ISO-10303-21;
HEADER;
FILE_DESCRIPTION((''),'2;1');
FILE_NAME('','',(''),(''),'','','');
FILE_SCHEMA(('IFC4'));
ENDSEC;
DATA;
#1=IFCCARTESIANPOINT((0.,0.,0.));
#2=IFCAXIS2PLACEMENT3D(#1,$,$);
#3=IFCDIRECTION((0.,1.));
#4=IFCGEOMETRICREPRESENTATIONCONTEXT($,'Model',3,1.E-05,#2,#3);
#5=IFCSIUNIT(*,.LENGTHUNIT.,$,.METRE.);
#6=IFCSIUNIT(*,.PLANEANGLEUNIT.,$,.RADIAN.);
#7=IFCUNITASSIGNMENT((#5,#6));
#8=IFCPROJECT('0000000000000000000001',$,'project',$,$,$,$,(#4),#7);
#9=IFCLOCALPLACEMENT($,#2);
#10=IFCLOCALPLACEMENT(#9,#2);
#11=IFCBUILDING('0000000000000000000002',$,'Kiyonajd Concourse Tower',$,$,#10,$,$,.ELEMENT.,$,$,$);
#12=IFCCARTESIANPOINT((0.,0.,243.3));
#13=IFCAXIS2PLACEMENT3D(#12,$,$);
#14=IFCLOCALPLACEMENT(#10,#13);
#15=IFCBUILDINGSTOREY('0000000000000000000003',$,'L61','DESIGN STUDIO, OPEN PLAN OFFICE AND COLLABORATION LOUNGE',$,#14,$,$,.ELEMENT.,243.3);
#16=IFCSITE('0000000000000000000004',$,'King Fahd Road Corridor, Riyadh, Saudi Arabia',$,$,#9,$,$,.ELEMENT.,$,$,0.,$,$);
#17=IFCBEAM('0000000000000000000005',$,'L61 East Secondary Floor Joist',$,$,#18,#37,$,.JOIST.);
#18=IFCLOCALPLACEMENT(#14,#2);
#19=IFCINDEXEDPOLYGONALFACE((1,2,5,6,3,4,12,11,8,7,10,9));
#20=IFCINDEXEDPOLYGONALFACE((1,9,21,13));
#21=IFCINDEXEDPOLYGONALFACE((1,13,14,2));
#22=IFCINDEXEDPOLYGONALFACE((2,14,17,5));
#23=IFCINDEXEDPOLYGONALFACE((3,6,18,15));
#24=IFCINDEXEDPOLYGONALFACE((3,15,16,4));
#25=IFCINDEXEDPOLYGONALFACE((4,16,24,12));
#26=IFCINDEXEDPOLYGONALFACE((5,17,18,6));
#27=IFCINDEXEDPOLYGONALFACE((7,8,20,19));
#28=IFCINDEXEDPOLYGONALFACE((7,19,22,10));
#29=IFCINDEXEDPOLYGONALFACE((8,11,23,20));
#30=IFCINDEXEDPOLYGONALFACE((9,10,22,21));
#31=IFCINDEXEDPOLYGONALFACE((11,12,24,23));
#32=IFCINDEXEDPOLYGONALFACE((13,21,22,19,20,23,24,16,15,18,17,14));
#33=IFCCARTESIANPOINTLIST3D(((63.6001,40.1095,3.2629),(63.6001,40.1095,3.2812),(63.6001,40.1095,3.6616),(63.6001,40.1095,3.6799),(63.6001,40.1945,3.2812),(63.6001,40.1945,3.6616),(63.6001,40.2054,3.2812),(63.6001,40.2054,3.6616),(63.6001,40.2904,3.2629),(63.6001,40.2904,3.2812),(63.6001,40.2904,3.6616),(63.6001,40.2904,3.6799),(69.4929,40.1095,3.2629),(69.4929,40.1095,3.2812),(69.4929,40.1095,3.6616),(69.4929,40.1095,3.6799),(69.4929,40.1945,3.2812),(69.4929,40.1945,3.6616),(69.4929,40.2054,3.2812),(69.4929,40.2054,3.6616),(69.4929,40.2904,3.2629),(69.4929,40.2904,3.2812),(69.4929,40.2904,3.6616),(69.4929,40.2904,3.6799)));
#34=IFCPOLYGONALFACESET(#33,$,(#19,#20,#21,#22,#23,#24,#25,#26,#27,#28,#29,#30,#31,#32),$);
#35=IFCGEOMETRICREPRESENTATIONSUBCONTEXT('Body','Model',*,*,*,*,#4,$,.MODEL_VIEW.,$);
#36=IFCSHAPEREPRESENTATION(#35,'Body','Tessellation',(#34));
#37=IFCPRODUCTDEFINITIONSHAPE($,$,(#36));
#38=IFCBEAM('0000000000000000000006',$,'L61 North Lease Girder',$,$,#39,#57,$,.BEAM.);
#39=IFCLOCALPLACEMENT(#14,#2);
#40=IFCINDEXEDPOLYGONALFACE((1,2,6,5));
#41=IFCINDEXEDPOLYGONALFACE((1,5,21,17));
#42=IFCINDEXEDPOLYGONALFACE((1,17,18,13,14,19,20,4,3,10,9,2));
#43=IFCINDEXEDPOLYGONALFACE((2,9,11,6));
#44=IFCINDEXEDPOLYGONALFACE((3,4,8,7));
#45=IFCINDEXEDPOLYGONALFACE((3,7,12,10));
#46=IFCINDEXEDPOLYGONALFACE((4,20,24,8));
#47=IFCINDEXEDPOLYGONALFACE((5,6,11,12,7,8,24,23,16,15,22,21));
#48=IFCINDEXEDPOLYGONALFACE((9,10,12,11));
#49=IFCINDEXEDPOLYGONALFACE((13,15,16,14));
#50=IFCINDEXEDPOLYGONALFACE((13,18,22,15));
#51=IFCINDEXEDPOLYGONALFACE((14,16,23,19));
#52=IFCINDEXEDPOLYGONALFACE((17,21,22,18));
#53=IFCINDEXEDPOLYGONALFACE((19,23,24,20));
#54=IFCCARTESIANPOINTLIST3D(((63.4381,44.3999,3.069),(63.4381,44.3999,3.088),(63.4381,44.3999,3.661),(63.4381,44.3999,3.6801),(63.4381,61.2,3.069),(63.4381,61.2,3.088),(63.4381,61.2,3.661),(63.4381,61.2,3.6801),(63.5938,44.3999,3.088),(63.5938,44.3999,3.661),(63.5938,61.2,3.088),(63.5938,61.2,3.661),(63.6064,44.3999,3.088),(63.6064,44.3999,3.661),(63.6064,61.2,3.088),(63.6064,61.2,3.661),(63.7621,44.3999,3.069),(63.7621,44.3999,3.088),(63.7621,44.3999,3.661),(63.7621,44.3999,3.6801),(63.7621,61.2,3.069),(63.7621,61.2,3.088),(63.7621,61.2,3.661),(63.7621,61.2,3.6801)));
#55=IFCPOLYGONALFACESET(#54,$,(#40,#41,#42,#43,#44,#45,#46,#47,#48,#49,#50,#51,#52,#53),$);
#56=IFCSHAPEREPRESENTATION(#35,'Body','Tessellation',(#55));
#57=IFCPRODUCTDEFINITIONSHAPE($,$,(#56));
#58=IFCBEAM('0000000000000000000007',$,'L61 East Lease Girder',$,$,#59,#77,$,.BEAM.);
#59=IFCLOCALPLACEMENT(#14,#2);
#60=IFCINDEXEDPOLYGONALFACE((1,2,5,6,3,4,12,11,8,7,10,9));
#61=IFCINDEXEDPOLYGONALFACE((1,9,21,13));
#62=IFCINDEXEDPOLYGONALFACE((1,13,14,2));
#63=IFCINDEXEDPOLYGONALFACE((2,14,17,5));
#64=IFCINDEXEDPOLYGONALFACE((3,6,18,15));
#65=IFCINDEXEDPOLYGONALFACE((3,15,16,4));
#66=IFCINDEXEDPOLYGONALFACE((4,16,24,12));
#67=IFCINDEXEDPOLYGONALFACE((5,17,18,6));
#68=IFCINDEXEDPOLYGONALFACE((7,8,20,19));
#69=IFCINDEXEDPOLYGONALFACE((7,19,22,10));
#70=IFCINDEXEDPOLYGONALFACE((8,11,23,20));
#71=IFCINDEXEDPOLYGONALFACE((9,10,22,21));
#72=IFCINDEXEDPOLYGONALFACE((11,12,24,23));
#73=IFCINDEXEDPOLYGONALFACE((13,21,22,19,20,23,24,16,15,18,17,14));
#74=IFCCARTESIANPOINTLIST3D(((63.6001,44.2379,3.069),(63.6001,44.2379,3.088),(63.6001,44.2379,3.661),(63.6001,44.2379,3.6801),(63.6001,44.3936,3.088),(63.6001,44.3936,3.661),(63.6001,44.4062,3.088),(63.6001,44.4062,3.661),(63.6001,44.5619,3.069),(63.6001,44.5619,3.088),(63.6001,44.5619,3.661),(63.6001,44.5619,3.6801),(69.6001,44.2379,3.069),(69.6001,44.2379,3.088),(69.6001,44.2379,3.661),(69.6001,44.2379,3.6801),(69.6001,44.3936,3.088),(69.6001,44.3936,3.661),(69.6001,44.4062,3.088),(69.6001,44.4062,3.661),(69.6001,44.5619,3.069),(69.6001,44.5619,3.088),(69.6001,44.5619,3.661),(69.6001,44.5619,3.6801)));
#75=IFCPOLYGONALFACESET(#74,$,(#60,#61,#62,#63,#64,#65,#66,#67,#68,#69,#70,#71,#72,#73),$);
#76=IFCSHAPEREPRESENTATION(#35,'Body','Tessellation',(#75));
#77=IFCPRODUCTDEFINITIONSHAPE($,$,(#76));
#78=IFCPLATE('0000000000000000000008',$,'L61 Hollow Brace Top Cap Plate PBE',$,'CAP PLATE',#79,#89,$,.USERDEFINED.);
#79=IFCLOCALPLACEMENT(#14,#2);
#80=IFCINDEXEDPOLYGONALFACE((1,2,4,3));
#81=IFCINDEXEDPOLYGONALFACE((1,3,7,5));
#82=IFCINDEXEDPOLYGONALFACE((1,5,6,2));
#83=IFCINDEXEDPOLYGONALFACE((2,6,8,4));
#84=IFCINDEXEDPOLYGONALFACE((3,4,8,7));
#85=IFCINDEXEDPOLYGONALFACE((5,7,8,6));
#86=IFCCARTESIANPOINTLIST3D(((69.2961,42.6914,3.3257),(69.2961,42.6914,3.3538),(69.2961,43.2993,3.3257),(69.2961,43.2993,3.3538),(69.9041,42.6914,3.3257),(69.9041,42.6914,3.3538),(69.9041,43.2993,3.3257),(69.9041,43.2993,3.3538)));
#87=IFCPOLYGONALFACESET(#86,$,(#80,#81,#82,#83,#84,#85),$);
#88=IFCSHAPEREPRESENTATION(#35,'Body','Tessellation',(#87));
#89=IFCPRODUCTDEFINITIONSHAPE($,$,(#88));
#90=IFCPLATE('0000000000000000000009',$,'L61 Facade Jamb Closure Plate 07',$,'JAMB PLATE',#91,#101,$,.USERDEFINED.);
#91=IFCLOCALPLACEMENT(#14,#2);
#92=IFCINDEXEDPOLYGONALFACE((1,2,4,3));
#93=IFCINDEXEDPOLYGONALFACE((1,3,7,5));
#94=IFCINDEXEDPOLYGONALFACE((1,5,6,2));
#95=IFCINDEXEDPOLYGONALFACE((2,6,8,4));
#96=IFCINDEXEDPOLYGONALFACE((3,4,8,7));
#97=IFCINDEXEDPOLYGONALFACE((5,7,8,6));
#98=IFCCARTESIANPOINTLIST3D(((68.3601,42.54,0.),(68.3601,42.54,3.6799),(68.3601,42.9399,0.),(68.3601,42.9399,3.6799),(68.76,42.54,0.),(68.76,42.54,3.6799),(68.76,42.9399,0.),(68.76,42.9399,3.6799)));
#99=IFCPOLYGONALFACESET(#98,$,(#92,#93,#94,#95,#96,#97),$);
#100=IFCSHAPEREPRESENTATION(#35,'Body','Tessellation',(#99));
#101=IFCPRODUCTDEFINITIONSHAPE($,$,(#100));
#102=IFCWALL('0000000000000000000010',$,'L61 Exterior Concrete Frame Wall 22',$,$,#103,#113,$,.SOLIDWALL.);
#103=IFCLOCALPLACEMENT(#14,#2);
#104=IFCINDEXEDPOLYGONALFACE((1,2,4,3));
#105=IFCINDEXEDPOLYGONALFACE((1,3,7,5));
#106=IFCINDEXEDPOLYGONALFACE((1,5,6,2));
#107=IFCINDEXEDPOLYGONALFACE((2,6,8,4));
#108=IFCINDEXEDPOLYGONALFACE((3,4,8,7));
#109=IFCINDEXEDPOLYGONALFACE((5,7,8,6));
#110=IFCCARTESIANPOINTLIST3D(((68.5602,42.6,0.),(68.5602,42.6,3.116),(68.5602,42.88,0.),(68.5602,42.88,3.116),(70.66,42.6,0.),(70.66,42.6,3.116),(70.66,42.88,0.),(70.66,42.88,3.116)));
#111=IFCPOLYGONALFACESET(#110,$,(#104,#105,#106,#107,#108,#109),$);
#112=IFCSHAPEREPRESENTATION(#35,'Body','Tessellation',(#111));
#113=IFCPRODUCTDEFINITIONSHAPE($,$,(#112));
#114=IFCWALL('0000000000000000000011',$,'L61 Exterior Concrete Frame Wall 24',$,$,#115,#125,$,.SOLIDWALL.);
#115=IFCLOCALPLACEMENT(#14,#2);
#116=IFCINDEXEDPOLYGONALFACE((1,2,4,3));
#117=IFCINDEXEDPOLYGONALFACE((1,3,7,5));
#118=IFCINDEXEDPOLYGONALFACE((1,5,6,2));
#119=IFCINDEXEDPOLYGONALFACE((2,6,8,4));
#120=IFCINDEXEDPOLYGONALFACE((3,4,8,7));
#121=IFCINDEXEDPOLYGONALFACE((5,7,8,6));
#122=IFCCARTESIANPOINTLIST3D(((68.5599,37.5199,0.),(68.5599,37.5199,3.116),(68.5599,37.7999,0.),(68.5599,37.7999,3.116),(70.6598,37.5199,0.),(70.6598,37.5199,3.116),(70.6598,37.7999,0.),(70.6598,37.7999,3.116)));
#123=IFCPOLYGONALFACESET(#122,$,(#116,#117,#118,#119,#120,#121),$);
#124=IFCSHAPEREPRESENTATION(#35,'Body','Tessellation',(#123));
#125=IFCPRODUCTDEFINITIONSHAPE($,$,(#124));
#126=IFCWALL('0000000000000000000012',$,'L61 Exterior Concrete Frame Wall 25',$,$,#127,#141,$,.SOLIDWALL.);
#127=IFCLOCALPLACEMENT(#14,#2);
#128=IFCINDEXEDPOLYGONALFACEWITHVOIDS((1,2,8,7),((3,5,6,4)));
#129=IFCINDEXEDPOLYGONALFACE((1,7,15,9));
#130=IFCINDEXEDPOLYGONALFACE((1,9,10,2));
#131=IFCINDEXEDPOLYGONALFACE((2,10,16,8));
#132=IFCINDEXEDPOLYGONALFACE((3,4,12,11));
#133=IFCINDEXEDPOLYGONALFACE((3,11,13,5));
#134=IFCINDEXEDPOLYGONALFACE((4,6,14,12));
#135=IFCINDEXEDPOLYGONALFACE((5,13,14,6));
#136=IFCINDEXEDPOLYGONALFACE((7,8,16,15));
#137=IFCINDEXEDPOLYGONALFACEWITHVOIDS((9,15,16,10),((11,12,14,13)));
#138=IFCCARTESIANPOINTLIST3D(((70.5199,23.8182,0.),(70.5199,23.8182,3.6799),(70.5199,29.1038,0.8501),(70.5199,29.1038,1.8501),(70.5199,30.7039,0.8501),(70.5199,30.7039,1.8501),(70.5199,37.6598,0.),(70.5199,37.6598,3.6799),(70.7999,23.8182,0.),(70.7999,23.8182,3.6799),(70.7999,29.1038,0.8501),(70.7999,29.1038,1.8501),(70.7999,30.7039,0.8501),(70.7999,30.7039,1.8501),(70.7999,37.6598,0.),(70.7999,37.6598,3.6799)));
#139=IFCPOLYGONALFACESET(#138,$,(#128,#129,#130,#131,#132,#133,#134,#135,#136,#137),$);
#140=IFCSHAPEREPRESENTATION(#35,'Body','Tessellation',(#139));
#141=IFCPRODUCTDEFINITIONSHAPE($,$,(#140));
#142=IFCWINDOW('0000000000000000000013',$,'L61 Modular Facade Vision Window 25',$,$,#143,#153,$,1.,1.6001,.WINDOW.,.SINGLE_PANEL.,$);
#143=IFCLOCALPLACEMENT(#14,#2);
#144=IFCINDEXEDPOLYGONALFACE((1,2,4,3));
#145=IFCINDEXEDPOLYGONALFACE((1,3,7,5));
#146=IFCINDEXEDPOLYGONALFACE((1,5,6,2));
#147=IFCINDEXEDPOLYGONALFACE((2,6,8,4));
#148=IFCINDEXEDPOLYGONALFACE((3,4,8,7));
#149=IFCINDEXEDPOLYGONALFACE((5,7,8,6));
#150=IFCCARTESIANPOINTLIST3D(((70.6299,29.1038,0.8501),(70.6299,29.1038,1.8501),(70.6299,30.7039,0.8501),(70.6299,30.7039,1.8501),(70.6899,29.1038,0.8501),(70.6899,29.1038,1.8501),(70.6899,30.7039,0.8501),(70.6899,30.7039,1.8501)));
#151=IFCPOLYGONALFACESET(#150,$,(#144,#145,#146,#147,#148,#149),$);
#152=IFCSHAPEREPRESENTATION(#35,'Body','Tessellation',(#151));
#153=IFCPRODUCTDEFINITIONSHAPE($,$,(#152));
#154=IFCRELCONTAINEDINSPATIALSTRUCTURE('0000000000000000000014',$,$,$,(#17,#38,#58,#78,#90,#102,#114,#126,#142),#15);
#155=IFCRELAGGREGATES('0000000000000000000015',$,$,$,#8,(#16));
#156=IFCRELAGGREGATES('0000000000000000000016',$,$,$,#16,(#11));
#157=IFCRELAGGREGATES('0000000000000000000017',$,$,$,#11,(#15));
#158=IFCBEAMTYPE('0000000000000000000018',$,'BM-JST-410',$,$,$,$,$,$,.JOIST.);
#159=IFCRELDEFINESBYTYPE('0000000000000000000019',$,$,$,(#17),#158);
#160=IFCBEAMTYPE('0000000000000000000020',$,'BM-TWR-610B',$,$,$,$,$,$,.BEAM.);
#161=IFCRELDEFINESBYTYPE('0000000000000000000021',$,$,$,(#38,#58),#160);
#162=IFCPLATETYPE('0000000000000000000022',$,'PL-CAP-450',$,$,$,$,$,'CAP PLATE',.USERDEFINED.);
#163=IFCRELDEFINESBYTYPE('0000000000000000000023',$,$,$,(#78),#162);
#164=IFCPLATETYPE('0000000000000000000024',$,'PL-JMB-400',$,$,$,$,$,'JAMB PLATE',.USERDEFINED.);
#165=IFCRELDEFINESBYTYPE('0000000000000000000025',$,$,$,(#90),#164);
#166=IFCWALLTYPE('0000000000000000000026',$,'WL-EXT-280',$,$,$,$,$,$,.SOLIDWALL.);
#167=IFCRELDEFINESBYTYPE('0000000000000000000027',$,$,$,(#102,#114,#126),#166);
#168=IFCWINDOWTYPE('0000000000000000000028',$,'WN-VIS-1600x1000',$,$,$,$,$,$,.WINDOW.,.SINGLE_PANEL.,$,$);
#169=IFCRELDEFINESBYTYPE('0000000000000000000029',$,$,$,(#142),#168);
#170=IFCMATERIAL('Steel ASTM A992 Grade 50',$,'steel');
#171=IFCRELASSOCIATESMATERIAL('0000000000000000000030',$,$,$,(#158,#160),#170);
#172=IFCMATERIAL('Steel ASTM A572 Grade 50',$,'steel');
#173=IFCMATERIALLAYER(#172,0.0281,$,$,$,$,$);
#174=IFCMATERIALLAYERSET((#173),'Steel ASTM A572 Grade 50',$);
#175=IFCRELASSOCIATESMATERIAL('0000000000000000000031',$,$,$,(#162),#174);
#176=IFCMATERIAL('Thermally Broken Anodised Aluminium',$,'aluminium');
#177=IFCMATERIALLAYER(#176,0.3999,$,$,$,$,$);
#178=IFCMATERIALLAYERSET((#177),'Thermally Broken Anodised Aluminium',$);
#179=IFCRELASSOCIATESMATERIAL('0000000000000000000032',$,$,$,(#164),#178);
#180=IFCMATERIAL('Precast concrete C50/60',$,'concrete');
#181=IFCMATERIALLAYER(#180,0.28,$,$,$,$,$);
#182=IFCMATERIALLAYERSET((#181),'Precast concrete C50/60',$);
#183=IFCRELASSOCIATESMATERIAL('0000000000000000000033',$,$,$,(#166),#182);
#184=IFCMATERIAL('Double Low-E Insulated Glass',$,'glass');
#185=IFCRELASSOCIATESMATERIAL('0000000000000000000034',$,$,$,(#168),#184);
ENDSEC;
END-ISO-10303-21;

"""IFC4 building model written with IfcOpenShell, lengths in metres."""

from ifc_helpers import new_model, si_unit, direction, frame, frame_2d, origin, origin_2d, place, context, subcontext, project, spatial, rectangle, i_section, extrude, material, layer, layer_set, material_profile, profile_set, type_object, element, fill, save


model = new_model("IFC4")

# Units and contexts
model_context = context("Model", 3, precision=1e-05, world=origin(), true_north=direction((0.0, 1.0)))
body_context = subcontext(model_context, "Body", "Model", "MODEL_VIEW")
ifc_project = project(units=[si_unit("LENGTHUNIT", "METRE"), si_unit("PLANEANGLEUNIT", "RADIAN")], contexts=[model_context])

# Site, building, storey
site_placement = place(None, origin())
site = spatial("IfcSite", under=ifc_project, at=site_placement, Name="King Fahd Road Corridor, Riyadh, Saudi Arabia", CompositionType="ELEMENT", RefElevation=0.0)
building_placement = place(site_placement, origin())
building = spatial("IfcBuilding", under=site, at=building_placement, Name="Kiyonajd Concourse Tower", CompositionType="ELEMENT")
storey_placement = place(building_placement, frame((0.0, 0.0, 243.3)))
storey = spatial("IfcBuildingStorey", under=building, at=storey_placement, Name="L61", Description="DESIGN STUDIO, OPEN PLAN OFFICE AND COLLABORATION LOUNGE", CompositionType="ELEMENT", Elevation=243.3)

# Beams
ifc_material_1 = material(Name="Steel ASTM A992 Grade 50", Category="steel")
ifc_material_profile_1 = material_profile(ifc_material_1, i_section(OverallWidth=0.1809, OverallDepth=0.417, WebThickness=0.011, FlangeThickness=0.0183, at=origin_2d()), Name="W410X85")
ifc_profile_set_1 = profile_set([ifc_material_profile_1], Name="Steel ASTM A992 Grade 50")
beam_type_1 = type_object("IfcBeamType", Name="BM-JST-410", PredefinedType="JOIST", material=ifc_profile_set_1)
beam_1_placement = place(storey_placement, frame((63.6001, 40.2, 3.4714), z_axis=(1.0, 0.0, 0.0), x_axis=(0.0, 1.0, 0.0)))
element("IfcBeam", 1, at=beam_1_placement, inside=storey, type_object=beam_type_1, Name="L61 East Secondary Floor Joist", PredefinedType="JOIST", context=body_context, shape_type="SweptSolid", body=[
    extrude(i_section(OverallWidth=0.1809, OverallDepth=0.417, WebThickness=0.011, FlangeThickness=0.0183, at=origin_2d()), origin(), (0.0, 0.0, 1.0), 5.8928),
])
ifc_material_profile_2 = material_profile(ifc_material_1, i_section(OverallWidth=0.324, OverallDepth=0.6111, WebThickness=0.0127, FlangeThickness=0.019, at=origin_2d()), Name="W610X155")
ifc_profile_set_2 = profile_set([ifc_material_profile_2], Name="Steel ASTM A992 Grade 50")
beam_type_2 = type_object("IfcBeamType", Name="BM-TWR-610B", PredefinedType="BEAM", material=ifc_profile_set_2)
beam_2_placement = place(storey_placement, frame((63.6001, 44.3999, 3.3745), z_axis=(0.0, 1.0, 0.0), x_axis=(-1.0, 0.0, 0.0)))
element("IfcBeam", 2, at=beam_2_placement, inside=storey, type_object=beam_type_2, Name="L61 North Lease Girder", PredefinedType="BEAM", context=body_context, shape_type="SweptSolid", body=[
    extrude(i_section(OverallWidth=0.324, OverallDepth=0.6111, WebThickness=0.0127, FlangeThickness=0.019, at=origin_2d()), origin(), (0.0, 0.0, 1.0), 16.8),
])
beam_3_placement = place(storey_placement, frame((63.6001, 44.3999, 3.3745), z_axis=(1.0, 0.0, 0.0), x_axis=(0.0, 1.0, 0.0)))
element("IfcBeam", 3, at=beam_3_placement, inside=storey, type_object=beam_type_2, Name="L61 East Lease Girder", PredefinedType="BEAM", context=body_context, shape_type="SweptSolid", body=[
    extrude(i_section(OverallWidth=0.324, OverallDepth=0.6111, WebThickness=0.0127, FlangeThickness=0.019, at=origin_2d()), origin(), (0.0, 0.0, 1.0), 6.0),
])

# Plates
ifc_material_2 = material(Name="Steel ASTM A572 Grade 50", Category="steel")
ifc_layer_1 = layer(ifc_material_2, 0.0281)
ifc_layer_set_1 = layer_set([ifc_layer_1], Name="Steel ASTM A572 Grade 50")
plate_type_1 = type_object("IfcPlateType", Name="PL-CAP-450", ElementType="CAP PLATE", PredefinedType="USERDEFINED", material=ifc_layer_set_1)
plate_1_placement = place(storey_placement, frame((69.6001, 42.9954, 3.3257), z_axis=(0.0, 0.0, 1.0), x_axis=(1.0, 0.0, 0.0)))
element("IfcPlate", 4, at=plate_1_placement, inside=storey, type_object=plate_type_1, Name="L61 Hollow Brace Top Cap Plate PBE", ObjectType="CAP PLATE", PredefinedType="USERDEFINED", context=body_context, shape_type="SweptSolid", body=[
    extrude(rectangle(XDim=0.6079, YDim=0.6079, at=origin_2d()), origin(), (0.0, 0.0, 1.0), 0.0281),
])
ifc_material_3 = material(Name="Thermally Broken Anodised Aluminium", Category="aluminium")
ifc_layer_2 = layer(ifc_material_3, 0.3999)
ifc_layer_set_2 = layer_set([ifc_layer_2], Name="Thermally Broken Anodised Aluminium")
plate_type_2 = type_object("IfcPlateType", Name="PL-JMB-400", ElementType="JAMB PLATE", PredefinedType="USERDEFINED", material=ifc_layer_set_2)
plate_2_placement = place(storey_placement, frame((68.5601, 42.74, 0.0), z_axis=(0.0, 0.0, 1.0), x_axis=(1.0, 0.0, 0.0)))
element("IfcPlate", 5, at=plate_2_placement, inside=storey, type_object=plate_type_2, Name="L61 Facade Jamb Closure Plate 07", ObjectType="JAMB PLATE", PredefinedType="USERDEFINED", context=body_context, shape_type="SweptSolid", body=[
    extrude(rectangle(XDim=0.3999, YDim=0.3999, at=origin_2d()), origin(), (0.0, 0.0, 1.0), 3.6799),
])

# Walls
ifc_material_4 = material(Name="Precast concrete C50/60", Category="concrete")
ifc_layer_3 = layer(ifc_material_4, 0.28)
ifc_layer_set_3 = layer_set([ifc_layer_3], Name="Precast concrete C50/60")
wall_type_1 = type_object("IfcWallType", Name="WL-EXT-280", PredefinedType="SOLIDWALL", material=ifc_layer_set_3)
for number, where, z_axis, x_axis, name in (
    (6, (70.6599, 42.74, 0.0), (0.0, 0.0, 1.0), (-1.0, 0.0, 0.0), "L61 Exterior Concrete Frame Wall 22"),
    (7, (68.5601, 37.6599, 0.0), (0.0, 0.0, 1.0), (1.0, 0.0, 0.0), "L61 Exterior Concrete Frame Wall 24"),
):
    element("IfcWall", number, at=place(storey_placement, frame(where, z_axis=z_axis, x_axis=x_axis)), inside=storey, type_object=wall_type_1, Name=name, PredefinedType="SOLIDWALL", context=body_context, shape_type="SweptSolid", body=[
        extrude(rectangle(XDim=2.0999, YDim=0.28, at=frame_2d((1.0498, 0.0))), origin(), (0.0, 0.0, 1.0), 3.116),
    ])

# Wall, opening, window
wall_1_placement = place(storey_placement, frame((70.6599, 37.6599, 0.0), z_axis=(0.0, 0.0, 1.0), x_axis=(0.0, -1.0, 0.0)))
wall_1 = element("IfcWall", 8, at=wall_1_placement, inside=storey, type_object=wall_type_1, Name="L61 Exterior Concrete Frame Wall 25", PredefinedType="SOLIDWALL", context=body_context, shape_type="SweptSolid", body=[
    extrude(rectangle(XDim=13.8416, YDim=0.28, at=frame_2d((6.9209, 0.0))), origin(), (0.0, 0.0, 1.0), 3.6799),
])
opening_1_placement = place(wall_1_placement, frame((6.9561, 0.0, 0.8501)))
opening_1 = element("IfcOpeningElement", 9, at=opening_1_placement, cuts=wall_1, PredefinedType="OPENING", context=body_context, shape_type="SweptSolid", body=[
    extrude(rectangle(XDim=1.6001, YDim=1.0, at=frame_2d((0.8, 0.5))), frame((0.0, 0.1499, 0.0), z_axis=(0.0, -1.0, 0.0), x_axis=(1.0, 0.0, 0.0)), (0.0, 0.0, 1.0), 0.3),
])
ifc_material_5 = material(Name="Double Low-E Insulated Glass", Category="glass")
window_type = type_object("IfcWindowType", Name="WN-VIS-1600x1000", PartitioningType="SINGLE_PANEL", PredefinedType="WINDOW", material=ifc_material_5)
window_placement = place(opening_1_placement, origin())
window = element("IfcWindow", 10, at=window_placement, inside=storey, type_object=window_type, Name="L61 Modular Facade Vision Window 25", OverallHeight=1.0, OverallWidth=1.6001, PartitioningType="SINGLE_PANEL", PredefinedType="WINDOW", context=body_context, shape_type="SweptSolid", body=[
    extrude(rectangle(XDim=1.6001, YDim=1.0, at=frame_2d((0.8, 0.5))), frame((0.0, 0.03, 0.0), z_axis=(0.0, -1.0, 0.0), x_axis=(1.0, 0.0, 0.0)), (0.0, 0.0, 1.0), 0.0601),
])
fill(opening_1, window)

save(model, "model.ifc")
